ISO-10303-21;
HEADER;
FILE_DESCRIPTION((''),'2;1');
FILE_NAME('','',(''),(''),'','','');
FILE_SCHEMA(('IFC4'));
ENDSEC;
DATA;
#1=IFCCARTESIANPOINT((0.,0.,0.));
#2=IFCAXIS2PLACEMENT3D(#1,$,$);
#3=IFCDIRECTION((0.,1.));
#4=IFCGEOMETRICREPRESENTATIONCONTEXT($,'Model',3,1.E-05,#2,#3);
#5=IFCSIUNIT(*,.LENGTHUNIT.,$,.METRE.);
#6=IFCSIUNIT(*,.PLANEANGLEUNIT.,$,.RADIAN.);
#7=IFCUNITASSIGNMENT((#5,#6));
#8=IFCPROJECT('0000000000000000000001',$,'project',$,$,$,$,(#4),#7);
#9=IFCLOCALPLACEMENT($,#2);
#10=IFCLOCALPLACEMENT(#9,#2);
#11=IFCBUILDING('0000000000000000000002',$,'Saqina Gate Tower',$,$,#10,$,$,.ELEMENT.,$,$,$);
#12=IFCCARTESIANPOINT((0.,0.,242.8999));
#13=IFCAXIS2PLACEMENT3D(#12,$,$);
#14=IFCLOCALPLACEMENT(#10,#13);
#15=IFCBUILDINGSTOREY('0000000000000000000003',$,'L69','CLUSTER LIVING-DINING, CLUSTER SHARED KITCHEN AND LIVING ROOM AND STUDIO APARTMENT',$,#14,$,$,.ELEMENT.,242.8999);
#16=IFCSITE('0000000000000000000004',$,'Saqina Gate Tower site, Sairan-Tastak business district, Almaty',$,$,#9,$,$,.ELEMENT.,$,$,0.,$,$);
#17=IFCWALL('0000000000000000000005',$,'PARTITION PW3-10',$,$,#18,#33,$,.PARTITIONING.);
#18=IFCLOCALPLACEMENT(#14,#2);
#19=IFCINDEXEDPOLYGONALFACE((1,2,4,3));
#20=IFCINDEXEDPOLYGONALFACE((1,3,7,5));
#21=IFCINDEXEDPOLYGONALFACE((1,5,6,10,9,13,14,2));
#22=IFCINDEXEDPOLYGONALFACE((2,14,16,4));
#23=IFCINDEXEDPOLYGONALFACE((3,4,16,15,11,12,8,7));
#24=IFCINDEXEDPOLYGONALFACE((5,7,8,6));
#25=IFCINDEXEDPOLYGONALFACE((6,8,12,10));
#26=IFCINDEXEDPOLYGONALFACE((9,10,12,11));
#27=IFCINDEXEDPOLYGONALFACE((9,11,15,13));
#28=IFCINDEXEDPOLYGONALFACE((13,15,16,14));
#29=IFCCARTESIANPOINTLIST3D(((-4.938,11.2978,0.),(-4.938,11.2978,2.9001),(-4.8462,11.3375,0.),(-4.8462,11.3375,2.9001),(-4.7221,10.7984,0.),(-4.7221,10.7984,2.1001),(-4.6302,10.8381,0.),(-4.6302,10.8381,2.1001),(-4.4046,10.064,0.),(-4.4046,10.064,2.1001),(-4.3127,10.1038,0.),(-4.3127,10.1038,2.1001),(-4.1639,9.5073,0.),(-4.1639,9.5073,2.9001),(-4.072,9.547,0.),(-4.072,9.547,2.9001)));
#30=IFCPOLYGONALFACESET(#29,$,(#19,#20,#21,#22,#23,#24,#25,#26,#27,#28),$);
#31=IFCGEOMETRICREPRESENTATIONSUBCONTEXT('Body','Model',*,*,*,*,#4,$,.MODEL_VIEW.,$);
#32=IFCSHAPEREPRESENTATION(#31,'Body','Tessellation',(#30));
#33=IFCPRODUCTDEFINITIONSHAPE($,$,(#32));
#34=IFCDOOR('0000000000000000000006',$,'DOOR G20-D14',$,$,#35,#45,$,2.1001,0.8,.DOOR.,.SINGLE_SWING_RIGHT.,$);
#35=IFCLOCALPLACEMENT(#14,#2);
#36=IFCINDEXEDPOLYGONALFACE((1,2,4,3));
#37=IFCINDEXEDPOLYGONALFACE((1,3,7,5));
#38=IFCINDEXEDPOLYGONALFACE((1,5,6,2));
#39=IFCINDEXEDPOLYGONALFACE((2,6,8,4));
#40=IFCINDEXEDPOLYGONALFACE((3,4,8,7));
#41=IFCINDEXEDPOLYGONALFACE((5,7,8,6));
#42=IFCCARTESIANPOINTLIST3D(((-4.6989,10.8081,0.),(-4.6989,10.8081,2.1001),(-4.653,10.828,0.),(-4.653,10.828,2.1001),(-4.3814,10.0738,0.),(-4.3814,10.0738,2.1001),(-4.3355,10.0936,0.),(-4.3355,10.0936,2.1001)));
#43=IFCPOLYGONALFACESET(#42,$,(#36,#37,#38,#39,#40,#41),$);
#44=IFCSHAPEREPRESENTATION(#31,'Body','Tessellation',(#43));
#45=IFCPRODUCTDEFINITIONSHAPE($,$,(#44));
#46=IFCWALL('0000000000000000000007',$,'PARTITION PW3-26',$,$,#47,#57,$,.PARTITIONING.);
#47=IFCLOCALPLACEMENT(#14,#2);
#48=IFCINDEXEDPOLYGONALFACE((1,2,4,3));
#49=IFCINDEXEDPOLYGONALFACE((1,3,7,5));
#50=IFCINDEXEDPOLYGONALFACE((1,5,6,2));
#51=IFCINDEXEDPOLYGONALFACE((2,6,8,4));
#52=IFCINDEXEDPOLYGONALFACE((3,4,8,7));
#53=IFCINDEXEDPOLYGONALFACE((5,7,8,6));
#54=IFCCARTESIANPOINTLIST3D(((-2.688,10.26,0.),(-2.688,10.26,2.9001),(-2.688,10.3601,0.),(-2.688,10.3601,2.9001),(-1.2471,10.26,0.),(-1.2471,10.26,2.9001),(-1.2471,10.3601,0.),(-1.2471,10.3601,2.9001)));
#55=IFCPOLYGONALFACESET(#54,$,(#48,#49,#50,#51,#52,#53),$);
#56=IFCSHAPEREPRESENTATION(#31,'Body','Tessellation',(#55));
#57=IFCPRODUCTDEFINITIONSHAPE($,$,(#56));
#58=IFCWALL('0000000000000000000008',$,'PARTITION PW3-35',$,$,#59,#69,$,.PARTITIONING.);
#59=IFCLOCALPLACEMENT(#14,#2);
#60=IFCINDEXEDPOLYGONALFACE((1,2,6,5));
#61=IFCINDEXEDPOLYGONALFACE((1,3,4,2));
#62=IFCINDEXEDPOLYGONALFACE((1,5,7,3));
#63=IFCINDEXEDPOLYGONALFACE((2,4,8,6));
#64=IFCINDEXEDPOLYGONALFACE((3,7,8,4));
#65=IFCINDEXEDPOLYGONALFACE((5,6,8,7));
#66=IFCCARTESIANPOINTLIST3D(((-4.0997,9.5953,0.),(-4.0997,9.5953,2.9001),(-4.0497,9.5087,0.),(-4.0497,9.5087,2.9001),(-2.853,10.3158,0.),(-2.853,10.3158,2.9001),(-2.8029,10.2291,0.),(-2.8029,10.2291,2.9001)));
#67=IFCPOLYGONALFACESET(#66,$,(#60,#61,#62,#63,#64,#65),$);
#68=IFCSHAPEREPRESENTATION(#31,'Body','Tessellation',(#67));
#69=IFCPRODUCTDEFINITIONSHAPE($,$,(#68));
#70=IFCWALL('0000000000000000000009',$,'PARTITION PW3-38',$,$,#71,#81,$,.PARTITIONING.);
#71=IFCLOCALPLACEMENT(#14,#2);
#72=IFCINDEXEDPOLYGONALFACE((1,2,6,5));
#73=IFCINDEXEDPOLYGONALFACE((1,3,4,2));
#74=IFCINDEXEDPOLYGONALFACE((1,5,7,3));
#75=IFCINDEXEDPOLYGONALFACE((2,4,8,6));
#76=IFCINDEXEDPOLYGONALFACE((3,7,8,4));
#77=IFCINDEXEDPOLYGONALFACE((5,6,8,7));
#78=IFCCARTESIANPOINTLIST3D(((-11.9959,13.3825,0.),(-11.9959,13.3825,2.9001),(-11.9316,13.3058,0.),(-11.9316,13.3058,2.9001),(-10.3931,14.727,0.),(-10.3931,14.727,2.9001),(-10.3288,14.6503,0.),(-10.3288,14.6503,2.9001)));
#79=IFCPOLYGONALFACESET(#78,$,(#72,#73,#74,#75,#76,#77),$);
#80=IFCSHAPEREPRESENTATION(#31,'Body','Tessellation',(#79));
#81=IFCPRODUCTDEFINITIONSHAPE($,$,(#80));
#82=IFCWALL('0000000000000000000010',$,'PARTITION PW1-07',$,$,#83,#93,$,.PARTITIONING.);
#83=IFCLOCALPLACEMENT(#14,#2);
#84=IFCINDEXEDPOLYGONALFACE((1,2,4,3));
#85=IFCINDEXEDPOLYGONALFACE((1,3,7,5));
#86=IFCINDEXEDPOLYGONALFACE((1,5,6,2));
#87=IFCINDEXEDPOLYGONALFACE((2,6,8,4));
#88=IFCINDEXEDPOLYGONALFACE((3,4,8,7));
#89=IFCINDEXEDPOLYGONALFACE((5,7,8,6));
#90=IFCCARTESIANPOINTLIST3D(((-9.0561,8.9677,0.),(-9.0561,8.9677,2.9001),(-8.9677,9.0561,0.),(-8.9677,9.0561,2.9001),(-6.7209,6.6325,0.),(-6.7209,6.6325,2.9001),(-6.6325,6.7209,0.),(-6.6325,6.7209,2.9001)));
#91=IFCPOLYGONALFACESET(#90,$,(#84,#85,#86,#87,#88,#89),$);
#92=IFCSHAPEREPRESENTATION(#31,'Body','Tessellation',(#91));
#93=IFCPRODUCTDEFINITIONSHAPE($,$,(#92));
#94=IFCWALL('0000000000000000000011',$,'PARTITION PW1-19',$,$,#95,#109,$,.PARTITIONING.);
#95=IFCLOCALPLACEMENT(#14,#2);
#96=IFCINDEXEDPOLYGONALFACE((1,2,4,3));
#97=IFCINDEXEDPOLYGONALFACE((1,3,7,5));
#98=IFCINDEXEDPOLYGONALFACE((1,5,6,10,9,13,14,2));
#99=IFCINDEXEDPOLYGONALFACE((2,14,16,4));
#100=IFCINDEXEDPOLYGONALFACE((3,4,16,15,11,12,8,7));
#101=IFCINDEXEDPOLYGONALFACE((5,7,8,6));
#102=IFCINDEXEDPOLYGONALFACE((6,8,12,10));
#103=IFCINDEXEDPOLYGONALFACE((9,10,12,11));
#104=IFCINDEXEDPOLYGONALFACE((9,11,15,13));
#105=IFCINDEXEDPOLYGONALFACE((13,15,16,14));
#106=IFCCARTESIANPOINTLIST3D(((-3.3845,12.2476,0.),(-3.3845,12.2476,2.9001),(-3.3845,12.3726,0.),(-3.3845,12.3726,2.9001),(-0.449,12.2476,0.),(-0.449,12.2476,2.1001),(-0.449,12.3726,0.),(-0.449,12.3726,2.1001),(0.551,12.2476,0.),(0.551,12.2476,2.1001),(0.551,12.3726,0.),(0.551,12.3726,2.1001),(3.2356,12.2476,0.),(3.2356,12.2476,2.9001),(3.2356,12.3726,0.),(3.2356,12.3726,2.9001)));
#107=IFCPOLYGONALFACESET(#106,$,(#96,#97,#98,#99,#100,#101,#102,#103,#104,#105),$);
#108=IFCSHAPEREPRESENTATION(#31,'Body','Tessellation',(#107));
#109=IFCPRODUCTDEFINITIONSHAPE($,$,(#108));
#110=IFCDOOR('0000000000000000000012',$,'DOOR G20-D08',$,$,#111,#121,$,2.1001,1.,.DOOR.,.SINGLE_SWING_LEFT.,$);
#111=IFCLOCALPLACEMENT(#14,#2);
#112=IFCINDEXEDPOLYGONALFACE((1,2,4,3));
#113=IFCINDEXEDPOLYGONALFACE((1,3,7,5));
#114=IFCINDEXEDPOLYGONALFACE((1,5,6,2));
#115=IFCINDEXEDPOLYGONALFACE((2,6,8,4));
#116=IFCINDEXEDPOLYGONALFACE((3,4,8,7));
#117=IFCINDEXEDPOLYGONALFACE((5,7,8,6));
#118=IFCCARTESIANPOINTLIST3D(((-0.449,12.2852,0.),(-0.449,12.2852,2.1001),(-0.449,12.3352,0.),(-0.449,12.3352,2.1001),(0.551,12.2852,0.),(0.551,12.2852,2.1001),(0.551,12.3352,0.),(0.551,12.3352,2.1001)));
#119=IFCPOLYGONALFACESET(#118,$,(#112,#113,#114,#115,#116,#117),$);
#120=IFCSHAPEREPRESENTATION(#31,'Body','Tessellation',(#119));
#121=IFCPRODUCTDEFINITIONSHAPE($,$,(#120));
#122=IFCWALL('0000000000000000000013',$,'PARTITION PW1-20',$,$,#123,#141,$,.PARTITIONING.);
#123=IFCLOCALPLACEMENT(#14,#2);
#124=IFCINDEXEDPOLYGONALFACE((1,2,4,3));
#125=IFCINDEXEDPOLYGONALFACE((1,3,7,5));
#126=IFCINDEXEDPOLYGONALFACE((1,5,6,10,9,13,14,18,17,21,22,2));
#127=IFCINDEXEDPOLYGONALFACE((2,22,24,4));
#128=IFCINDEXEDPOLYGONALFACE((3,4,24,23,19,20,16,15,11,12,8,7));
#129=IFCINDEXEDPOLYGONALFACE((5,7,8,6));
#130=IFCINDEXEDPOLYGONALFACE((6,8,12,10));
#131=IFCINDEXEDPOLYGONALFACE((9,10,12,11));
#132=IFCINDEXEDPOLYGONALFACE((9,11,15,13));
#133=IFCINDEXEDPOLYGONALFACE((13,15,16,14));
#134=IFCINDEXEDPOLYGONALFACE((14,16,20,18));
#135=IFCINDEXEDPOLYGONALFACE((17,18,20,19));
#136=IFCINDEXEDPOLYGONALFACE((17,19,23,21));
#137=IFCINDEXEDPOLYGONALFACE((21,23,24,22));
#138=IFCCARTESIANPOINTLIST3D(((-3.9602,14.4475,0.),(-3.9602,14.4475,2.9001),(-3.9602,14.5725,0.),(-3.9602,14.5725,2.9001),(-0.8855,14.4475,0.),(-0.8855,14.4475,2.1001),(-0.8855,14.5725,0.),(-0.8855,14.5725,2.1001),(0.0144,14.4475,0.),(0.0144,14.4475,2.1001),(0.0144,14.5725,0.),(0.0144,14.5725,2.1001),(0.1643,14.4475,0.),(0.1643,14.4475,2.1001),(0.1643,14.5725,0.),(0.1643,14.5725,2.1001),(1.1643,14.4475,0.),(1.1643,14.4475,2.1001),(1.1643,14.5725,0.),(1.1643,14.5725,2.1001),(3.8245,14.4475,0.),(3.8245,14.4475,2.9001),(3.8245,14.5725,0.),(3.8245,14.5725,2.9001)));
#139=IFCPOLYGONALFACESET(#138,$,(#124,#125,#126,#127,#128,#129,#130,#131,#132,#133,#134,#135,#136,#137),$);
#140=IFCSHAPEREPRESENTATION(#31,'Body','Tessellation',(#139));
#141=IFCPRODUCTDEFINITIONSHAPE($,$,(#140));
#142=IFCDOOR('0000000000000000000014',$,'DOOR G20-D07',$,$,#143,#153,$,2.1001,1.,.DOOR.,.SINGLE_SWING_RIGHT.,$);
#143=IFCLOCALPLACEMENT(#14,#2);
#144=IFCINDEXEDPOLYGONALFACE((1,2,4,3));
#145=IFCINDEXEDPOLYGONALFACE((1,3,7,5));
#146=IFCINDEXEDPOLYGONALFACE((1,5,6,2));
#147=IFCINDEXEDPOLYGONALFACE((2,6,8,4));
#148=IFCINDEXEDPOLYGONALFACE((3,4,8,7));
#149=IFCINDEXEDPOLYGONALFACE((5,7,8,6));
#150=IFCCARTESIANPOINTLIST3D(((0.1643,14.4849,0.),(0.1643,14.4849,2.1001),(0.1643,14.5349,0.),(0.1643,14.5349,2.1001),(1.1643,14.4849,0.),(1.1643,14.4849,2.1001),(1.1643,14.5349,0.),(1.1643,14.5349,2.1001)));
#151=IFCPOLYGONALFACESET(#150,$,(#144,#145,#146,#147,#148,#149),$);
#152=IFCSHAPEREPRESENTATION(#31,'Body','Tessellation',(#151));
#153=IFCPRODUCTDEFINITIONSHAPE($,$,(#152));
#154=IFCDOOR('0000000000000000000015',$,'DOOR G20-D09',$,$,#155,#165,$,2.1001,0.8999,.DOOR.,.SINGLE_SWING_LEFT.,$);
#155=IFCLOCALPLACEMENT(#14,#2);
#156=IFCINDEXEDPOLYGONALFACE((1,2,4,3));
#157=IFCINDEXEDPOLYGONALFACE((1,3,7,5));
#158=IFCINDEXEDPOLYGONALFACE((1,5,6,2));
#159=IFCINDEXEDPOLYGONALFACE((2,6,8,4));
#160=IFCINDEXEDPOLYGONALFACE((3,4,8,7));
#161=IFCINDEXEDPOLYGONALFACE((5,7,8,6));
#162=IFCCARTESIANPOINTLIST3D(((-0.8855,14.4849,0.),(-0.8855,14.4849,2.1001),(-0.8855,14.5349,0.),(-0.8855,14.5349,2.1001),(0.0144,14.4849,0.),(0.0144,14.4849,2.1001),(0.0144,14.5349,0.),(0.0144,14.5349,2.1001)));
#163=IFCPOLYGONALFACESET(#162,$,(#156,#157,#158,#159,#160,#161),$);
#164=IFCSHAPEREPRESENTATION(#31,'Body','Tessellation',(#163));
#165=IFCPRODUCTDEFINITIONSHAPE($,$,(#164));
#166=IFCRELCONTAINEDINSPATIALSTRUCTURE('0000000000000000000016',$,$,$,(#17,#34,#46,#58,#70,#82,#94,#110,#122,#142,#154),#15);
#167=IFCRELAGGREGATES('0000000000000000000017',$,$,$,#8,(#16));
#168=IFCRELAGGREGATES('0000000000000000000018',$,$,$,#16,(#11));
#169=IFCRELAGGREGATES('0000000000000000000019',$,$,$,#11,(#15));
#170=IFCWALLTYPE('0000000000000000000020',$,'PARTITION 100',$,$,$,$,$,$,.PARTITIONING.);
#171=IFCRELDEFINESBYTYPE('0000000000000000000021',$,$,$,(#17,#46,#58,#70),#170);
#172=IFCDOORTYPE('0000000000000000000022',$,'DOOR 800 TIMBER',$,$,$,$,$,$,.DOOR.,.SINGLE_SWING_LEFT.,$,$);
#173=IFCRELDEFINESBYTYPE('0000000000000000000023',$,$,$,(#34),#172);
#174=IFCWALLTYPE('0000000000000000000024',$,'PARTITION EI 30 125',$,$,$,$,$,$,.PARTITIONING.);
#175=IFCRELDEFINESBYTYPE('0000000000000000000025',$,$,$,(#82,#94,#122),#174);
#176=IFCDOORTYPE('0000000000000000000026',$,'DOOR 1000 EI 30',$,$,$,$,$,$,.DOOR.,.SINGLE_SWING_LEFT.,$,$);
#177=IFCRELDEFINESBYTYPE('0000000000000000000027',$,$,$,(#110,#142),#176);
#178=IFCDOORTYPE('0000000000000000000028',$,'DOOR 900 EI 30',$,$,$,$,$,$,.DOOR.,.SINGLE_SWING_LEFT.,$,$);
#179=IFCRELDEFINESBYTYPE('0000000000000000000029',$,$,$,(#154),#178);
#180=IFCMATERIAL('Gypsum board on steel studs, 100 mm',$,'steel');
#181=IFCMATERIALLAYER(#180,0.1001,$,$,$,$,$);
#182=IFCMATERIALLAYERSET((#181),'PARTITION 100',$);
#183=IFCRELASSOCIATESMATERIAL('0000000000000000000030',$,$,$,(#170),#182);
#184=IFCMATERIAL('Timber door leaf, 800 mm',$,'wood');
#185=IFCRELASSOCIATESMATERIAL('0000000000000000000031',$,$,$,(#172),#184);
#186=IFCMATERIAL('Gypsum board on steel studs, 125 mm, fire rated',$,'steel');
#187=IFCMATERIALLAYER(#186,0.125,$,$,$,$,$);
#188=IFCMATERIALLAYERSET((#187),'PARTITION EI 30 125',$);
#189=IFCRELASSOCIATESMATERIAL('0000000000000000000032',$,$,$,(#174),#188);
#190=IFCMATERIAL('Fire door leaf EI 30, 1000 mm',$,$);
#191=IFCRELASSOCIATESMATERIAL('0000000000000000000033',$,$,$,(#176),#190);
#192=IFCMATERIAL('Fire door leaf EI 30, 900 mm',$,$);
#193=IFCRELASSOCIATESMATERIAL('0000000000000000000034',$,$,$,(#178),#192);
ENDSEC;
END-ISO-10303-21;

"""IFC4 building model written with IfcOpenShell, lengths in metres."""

from ifc_helpers import new_model, si_unit, direction, frame, frame_2d, origin, place, context, subcontext, project, spatial, rectangle, extrude, material, layer, layer_set, type_object, element, fill, save


model = new_model("IFC4")

# Units and contexts
model_context = context("Model", 3, precision=1e-05, world=origin(), true_north=direction((0.0, 1.0)))
body_context = subcontext(model_context, "Body", "Model", "MODEL_VIEW")
ifc_project = project(units=[si_unit("LENGTHUNIT", "METRE"), si_unit("PLANEANGLEUNIT", "RADIAN")], contexts=[model_context])

# Site, building, storey
site_placement = place(None, origin())
site = spatial("IfcSite", under=ifc_project, at=site_placement, Name="Saqina Gate Tower site, Sairan-Tastak business district, Almaty", CompositionType="ELEMENT", RefElevation=0.0)
building_placement = place(site_placement, origin())
building = spatial("IfcBuilding", under=site, at=building_placement, Name="Saqina Gate Tower", CompositionType="ELEMENT")
storey_placement = place(building_placement, frame((0.0, 0.0, 242.8999)))
storey = spatial("IfcBuildingStorey", under=building, at=storey_placement, Name="L69", Description="CLUSTER LIVING-DINING, CLUSTER SHARED KITCHEN AND LIVING ROOM AND STUDIO APARTMENT", CompositionType="ELEMENT", Elevation=242.8999)

# Shared definitions
ifc_material_1 = material(Name="Gypsum board on steel studs, 100 mm", Category="steel")
ifc_layer_1 = layer(ifc_material_1, 0.1001)
ifc_layer_set_1 = layer_set([ifc_layer_1], Name="PARTITION 100")
wall_type_1 = type_object("IfcWallType", Name="PARTITION 100", PredefinedType="PARTITIONING", material=ifc_layer_set_1)
ifc_material_2 = material(Name="Timber door leaf, 800 mm", Category="wood")
door_type_1 = type_object("IfcDoorType", Name="DOOR 800 TIMBER", OperationType="SINGLE_SWING_LEFT", PredefinedType="DOOR", material=ifc_material_2)

# Wall, opening, door
wall_1_placement = place(storey_placement, frame((-4.8921, 11.3176, 0.0), z_axis=(0.0, 0.0, 1.0), x_axis=(0.396863, -0.917878, 0.0)))
wall_1 = element("IfcWall", 1, at=wall_1_placement, inside=storey, type_object=wall_type_1, Name="PARTITION PW3-10", PredefinedType="PARTITIONING", context=body_context, shape_type="SweptSolid", body=[
    extrude(rectangle(XDim=1.9507, YDim=0.1001, at=frame_2d((0.9753, 0.0))), origin(), (0.0, 0.0, 1.0), 2.9001),
])
opening_1_placement = place(wall_1_placement, frame((0.5442, 0.0, 0.0)))
opening_1 = element("IfcOpeningElement", 2, at=opening_1_placement, cuts=wall_1, PredefinedType="OPENING", context=body_context, shape_type="SweptSolid", body=[
    extrude(rectangle(XDim=0.8, YDim=2.1001, at=frame_2d((0.3999, 1.05))), frame((0.0, 0.062, 0.0), z_axis=(0.0, -1.0, 0.0), x_axis=(1.0, 0.0, 0.0)), (0.0, 0.0, 1.0), 0.124),
])
door_1_placement = place(opening_1_placement, frame((0.8, 0.0, 0.0), z_axis=(0.0, 0.0, 1.0), x_axis=(-1.0, 0.0, 0.0)))
door_1 = element("IfcDoor", 3, at=door_1_placement, inside=storey, type_object=door_type_1, Name="DOOR G20-D14", OperationType="SINGLE_SWING_RIGHT", OverallHeight=2.1001, OverallWidth=0.8, PredefinedType="DOOR", context=body_context, shape_type="SweptSolid", body=[
    extrude(rectangle(XDim=0.8, YDim=2.1001, at=frame_2d((0.3999, 1.05))), frame((0.0, 0.0249, 0.0), z_axis=(0.0, -1.0, 0.0), x_axis=(1.0, 0.0, 0.0)), (0.0, 0.0, 1.0), 0.05),
])
fill(opening_1, door_1)

# Walls
wall_2_placement = place(storey_placement, frame((-2.688, 10.3101, 0.0), z_axis=(0.0, 0.0, 1.0), x_axis=(1.0, 0.0, 0.0)))
element("IfcWall", 4, at=wall_2_placement, inside=storey, type_object=wall_type_1, Name="PARTITION PW3-26", PredefinedType="PARTITIONING", context=body_context, shape_type="SweptSolid", body=[
    extrude(rectangle(XDim=1.4409, YDim=0.1001, at=frame_2d((0.7205, 0.0))), origin(), (0.0, 0.0, 1.0), 2.9001),
])
wall_3_placement = place(storey_placement, frame((-4.0747, 9.552, 0.0), z_axis=(0.0, 0.0, 1.0), x_axis=(0.865844, 0.500314, 0.0)))
element("IfcWall", 5, at=wall_3_placement, inside=storey, type_object=wall_type_1, Name="PARTITION PW3-35", PredefinedType="PARTITIONING", context=body_context, shape_type="SweptSolid", body=[
    extrude(rectangle(XDim=1.4399, YDim=0.1001, at=frame_2d((0.72, 0.0))), origin(), (0.0, 0.0, 1.0), 2.9001),
])
wall_4_placement = place(storey_placement, frame((-11.9636, 13.3442, 0.0), z_axis=(0.0, 0.0, 1.0), x_axis=(0.766141, 0.642672, 0.0)))
element("IfcWall", 6, at=wall_4_placement, inside=storey, type_object=wall_type_1, Name="PARTITION PW3-38", PredefinedType="PARTITIONING", context=body_context, shape_type="SweptSolid", body=[
    extrude(rectangle(XDim=2.092, YDim=0.1001, at=frame_2d((1.0459, 0.0))), origin(), (0.0, 0.0, 1.0), 2.9001),
])
ifc_material_3 = material(Name="Gypsum board on steel studs, 125 mm, fire rated", Category="steel")
ifc_layer_2 = layer(ifc_material_3, 0.125)
ifc_layer_set_2 = layer_set([ifc_layer_2], Name="PARTITION EI 30 125")
wall_type_2 = type_object("IfcWallType", Name="PARTITION EI 30 125", PredefinedType="PARTITIONING", material=ifc_layer_set_2)
wall_5_placement = place(storey_placement, frame((-9.012, 9.012, 0.0), z_axis=(0.0, 0.0, 1.0), x_axis=(0.707107, -0.707107, 0.0)))
element("IfcWall", 7, at=wall_5_placement, inside=storey, type_object=wall_type_2, Name="PARTITION PW1-07", PredefinedType="PARTITIONING", context=body_context, shape_type="SweptSolid", body=[
    extrude(rectangle(XDim=3.3025, YDim=0.125, at=frame_2d((1.6514, 0.0))), origin(), (0.0, 0.0, 1.0), 2.9001),
])

# Wall, opening, door
wall_6_placement = place(storey_placement, frame((-3.3845, 12.3101, 0.0), z_axis=(0.0, 0.0, 1.0), x_axis=(1.0, 0.0, 0.0)))
wall_6 = element("IfcWall", 8, at=wall_6_placement, inside=storey, type_object=wall_type_2, Name="PARTITION PW1-19", PredefinedType="PARTITIONING", context=body_context, shape_type="SweptSolid", body=[
    extrude(rectangle(XDim=6.6201, YDim=0.125, at=frame_2d((3.3101, 0.0))), origin(), (0.0, 0.0, 1.0), 2.9001),
])
opening_2_placement = place(wall_6_placement, frame((2.9355, 0.0, 0.0)))
opening_2 = element("IfcOpeningElement", 9, at=opening_2_placement, cuts=wall_6, PredefinedType="OPENING", context=body_context, shape_type="SweptSolid", body=[
    extrude(rectangle(XDim=1.0, YDim=2.1001, at=frame_2d((0.5, 1.05))), frame((0.0, 0.0745, 0.0), z_axis=(0.0, -1.0, 0.0), x_axis=(1.0, 0.0, 0.0)), (0.0, 0.0, 1.0), 0.1489),
])
ifc_material_4 = material(Name="Fire door leaf EI 30, 1000 mm")
door_type_2 = type_object("IfcDoorType", Name="DOOR 1000 EI 30", OperationType="SINGLE_SWING_LEFT", PredefinedType="DOOR", material=ifc_material_4)
door_2_placement = place(opening_2_placement, frame((1.0, 0.0, 0.0), z_axis=(0.0, 0.0, 1.0), x_axis=(-1.0, 0.0, 0.0)))
door_2 = element("IfcDoor", 10, at=door_2_placement, inside=storey, type_object=door_type_2, Name="DOOR G20-D08", OperationType="SINGLE_SWING_LEFT", OverallHeight=2.1001, OverallWidth=1.0, PredefinedType="DOOR", context=body_context, shape_type="SweptSolid", body=[
    extrude(rectangle(XDim=1.0, YDim=2.1001, at=frame_2d((0.5, 1.05))), frame((0.0, 0.0249, 0.0), z_axis=(0.0, -1.0, 0.0), x_axis=(1.0, 0.0, 0.0)), (0.0, 0.0, 1.0), 0.05),
])
fill(opening_2, door_2)

# Wall, openings, doors
wall_7_placement = place(storey_placement, frame((-3.9602, 14.51, 0.0), z_axis=(0.0, 0.0, 1.0), x_axis=(1.0, 0.0, 0.0)))
wall_7 = element("IfcWall", 11, at=wall_7_placement, inside=storey, type_object=wall_type_2, Name="PARTITION PW1-20", PredefinedType="PARTITIONING", context=body_context, shape_type="SweptSolid", body=[
    extrude(rectangle(XDim=7.7847, YDim=0.125, at=frame_2d((3.8923, 0.0))), origin(), (0.0, 0.0, 1.0), 2.9001),
])
opening_3_placement = place(wall_7_placement, frame((4.1245, 0.0, 0.0)))
opening_3 = element("IfcOpeningElement", 12, at=opening_3_placement, cuts=wall_7, PredefinedType="OPENING", context=body_context, shape_type="SweptSolid", body=[
    extrude(rectangle(XDim=1.0, YDim=2.1001, at=frame_2d((0.5, 1.05))), frame((0.0, 0.0745, 0.0), z_axis=(0.0, -1.0, 0.0), x_axis=(1.0, 0.0, 0.0)), (0.0, 0.0, 1.0), 0.1489),
])
opening_4_placement = place(wall_7_placement, frame((3.0747, 0.0, 0.0)))
opening_4 = element("IfcOpeningElement", 13, at=opening_4_placement, cuts=wall_7, PredefinedType="OPENING", context=body_context, shape_type="SweptSolid", body=[
    extrude(rectangle(XDim=0.8999, YDim=2.1001, at=frame_2d((0.45, 1.05))), frame((0.0, 0.0745, 0.0), z_axis=(0.0, -1.0, 0.0), x_axis=(1.0, 0.0, 0.0)), (0.0, 0.0, 1.0), 0.1489),
])
door_3_placement = place(opening_3_placement, origin())
door_3 = element("IfcDoor", 14, at=door_3_placement, inside=storey, type_object=door_type_2, Name="DOOR G20-D07", OperationType="SINGLE_SWING_RIGHT", OverallHeight=2.1001, OverallWidth=1.0, PredefinedType="DOOR", context=body_context, shape_type="SweptSolid", body=[
    extrude(rectangle(XDim=1.0, YDim=2.1001, at=frame_2d((0.5, 1.05))), frame((0.0, 0.0249, 0.0), z_axis=(0.0, -1.0, 0.0), x_axis=(1.0, 0.0, 0.0)), (0.0, 0.0, 1.0), 0.05),
])
fill(opening_3, door_3)
ifc_material_5 = material(Name="Fire door leaf EI 30, 900 mm")
door_type_3 = type_object("IfcDoorType", Name="DOOR 900 EI 30", OperationType="SINGLE_SWING_LEFT", PredefinedType="DOOR", material=ifc_material_5)
door_4_placement = place(opening_4_placement, origin())
door_4 = element("IfcDoor", 15, at=door_4_placement, inside=storey, type_object=door_type_3, Name="DOOR G20-D09", OperationType="SINGLE_SWING_LEFT", OverallHeight=2.1001, OverallWidth=0.8999, PredefinedType="DOOR", context=body_context, shape_type="SweptSolid", body=[
    extrude(rectangle(XDim=0.8999, YDim=2.1001, at=frame_2d((0.45, 1.05))), frame((0.0, 0.0249, 0.0), z_axis=(0.0, -1.0, 0.0), x_axis=(1.0, 0.0, 0.0)), (0.0, 0.0, 1.0), 0.05),
])
fill(opening_4, door_4)

save(model, "model.ifc")
